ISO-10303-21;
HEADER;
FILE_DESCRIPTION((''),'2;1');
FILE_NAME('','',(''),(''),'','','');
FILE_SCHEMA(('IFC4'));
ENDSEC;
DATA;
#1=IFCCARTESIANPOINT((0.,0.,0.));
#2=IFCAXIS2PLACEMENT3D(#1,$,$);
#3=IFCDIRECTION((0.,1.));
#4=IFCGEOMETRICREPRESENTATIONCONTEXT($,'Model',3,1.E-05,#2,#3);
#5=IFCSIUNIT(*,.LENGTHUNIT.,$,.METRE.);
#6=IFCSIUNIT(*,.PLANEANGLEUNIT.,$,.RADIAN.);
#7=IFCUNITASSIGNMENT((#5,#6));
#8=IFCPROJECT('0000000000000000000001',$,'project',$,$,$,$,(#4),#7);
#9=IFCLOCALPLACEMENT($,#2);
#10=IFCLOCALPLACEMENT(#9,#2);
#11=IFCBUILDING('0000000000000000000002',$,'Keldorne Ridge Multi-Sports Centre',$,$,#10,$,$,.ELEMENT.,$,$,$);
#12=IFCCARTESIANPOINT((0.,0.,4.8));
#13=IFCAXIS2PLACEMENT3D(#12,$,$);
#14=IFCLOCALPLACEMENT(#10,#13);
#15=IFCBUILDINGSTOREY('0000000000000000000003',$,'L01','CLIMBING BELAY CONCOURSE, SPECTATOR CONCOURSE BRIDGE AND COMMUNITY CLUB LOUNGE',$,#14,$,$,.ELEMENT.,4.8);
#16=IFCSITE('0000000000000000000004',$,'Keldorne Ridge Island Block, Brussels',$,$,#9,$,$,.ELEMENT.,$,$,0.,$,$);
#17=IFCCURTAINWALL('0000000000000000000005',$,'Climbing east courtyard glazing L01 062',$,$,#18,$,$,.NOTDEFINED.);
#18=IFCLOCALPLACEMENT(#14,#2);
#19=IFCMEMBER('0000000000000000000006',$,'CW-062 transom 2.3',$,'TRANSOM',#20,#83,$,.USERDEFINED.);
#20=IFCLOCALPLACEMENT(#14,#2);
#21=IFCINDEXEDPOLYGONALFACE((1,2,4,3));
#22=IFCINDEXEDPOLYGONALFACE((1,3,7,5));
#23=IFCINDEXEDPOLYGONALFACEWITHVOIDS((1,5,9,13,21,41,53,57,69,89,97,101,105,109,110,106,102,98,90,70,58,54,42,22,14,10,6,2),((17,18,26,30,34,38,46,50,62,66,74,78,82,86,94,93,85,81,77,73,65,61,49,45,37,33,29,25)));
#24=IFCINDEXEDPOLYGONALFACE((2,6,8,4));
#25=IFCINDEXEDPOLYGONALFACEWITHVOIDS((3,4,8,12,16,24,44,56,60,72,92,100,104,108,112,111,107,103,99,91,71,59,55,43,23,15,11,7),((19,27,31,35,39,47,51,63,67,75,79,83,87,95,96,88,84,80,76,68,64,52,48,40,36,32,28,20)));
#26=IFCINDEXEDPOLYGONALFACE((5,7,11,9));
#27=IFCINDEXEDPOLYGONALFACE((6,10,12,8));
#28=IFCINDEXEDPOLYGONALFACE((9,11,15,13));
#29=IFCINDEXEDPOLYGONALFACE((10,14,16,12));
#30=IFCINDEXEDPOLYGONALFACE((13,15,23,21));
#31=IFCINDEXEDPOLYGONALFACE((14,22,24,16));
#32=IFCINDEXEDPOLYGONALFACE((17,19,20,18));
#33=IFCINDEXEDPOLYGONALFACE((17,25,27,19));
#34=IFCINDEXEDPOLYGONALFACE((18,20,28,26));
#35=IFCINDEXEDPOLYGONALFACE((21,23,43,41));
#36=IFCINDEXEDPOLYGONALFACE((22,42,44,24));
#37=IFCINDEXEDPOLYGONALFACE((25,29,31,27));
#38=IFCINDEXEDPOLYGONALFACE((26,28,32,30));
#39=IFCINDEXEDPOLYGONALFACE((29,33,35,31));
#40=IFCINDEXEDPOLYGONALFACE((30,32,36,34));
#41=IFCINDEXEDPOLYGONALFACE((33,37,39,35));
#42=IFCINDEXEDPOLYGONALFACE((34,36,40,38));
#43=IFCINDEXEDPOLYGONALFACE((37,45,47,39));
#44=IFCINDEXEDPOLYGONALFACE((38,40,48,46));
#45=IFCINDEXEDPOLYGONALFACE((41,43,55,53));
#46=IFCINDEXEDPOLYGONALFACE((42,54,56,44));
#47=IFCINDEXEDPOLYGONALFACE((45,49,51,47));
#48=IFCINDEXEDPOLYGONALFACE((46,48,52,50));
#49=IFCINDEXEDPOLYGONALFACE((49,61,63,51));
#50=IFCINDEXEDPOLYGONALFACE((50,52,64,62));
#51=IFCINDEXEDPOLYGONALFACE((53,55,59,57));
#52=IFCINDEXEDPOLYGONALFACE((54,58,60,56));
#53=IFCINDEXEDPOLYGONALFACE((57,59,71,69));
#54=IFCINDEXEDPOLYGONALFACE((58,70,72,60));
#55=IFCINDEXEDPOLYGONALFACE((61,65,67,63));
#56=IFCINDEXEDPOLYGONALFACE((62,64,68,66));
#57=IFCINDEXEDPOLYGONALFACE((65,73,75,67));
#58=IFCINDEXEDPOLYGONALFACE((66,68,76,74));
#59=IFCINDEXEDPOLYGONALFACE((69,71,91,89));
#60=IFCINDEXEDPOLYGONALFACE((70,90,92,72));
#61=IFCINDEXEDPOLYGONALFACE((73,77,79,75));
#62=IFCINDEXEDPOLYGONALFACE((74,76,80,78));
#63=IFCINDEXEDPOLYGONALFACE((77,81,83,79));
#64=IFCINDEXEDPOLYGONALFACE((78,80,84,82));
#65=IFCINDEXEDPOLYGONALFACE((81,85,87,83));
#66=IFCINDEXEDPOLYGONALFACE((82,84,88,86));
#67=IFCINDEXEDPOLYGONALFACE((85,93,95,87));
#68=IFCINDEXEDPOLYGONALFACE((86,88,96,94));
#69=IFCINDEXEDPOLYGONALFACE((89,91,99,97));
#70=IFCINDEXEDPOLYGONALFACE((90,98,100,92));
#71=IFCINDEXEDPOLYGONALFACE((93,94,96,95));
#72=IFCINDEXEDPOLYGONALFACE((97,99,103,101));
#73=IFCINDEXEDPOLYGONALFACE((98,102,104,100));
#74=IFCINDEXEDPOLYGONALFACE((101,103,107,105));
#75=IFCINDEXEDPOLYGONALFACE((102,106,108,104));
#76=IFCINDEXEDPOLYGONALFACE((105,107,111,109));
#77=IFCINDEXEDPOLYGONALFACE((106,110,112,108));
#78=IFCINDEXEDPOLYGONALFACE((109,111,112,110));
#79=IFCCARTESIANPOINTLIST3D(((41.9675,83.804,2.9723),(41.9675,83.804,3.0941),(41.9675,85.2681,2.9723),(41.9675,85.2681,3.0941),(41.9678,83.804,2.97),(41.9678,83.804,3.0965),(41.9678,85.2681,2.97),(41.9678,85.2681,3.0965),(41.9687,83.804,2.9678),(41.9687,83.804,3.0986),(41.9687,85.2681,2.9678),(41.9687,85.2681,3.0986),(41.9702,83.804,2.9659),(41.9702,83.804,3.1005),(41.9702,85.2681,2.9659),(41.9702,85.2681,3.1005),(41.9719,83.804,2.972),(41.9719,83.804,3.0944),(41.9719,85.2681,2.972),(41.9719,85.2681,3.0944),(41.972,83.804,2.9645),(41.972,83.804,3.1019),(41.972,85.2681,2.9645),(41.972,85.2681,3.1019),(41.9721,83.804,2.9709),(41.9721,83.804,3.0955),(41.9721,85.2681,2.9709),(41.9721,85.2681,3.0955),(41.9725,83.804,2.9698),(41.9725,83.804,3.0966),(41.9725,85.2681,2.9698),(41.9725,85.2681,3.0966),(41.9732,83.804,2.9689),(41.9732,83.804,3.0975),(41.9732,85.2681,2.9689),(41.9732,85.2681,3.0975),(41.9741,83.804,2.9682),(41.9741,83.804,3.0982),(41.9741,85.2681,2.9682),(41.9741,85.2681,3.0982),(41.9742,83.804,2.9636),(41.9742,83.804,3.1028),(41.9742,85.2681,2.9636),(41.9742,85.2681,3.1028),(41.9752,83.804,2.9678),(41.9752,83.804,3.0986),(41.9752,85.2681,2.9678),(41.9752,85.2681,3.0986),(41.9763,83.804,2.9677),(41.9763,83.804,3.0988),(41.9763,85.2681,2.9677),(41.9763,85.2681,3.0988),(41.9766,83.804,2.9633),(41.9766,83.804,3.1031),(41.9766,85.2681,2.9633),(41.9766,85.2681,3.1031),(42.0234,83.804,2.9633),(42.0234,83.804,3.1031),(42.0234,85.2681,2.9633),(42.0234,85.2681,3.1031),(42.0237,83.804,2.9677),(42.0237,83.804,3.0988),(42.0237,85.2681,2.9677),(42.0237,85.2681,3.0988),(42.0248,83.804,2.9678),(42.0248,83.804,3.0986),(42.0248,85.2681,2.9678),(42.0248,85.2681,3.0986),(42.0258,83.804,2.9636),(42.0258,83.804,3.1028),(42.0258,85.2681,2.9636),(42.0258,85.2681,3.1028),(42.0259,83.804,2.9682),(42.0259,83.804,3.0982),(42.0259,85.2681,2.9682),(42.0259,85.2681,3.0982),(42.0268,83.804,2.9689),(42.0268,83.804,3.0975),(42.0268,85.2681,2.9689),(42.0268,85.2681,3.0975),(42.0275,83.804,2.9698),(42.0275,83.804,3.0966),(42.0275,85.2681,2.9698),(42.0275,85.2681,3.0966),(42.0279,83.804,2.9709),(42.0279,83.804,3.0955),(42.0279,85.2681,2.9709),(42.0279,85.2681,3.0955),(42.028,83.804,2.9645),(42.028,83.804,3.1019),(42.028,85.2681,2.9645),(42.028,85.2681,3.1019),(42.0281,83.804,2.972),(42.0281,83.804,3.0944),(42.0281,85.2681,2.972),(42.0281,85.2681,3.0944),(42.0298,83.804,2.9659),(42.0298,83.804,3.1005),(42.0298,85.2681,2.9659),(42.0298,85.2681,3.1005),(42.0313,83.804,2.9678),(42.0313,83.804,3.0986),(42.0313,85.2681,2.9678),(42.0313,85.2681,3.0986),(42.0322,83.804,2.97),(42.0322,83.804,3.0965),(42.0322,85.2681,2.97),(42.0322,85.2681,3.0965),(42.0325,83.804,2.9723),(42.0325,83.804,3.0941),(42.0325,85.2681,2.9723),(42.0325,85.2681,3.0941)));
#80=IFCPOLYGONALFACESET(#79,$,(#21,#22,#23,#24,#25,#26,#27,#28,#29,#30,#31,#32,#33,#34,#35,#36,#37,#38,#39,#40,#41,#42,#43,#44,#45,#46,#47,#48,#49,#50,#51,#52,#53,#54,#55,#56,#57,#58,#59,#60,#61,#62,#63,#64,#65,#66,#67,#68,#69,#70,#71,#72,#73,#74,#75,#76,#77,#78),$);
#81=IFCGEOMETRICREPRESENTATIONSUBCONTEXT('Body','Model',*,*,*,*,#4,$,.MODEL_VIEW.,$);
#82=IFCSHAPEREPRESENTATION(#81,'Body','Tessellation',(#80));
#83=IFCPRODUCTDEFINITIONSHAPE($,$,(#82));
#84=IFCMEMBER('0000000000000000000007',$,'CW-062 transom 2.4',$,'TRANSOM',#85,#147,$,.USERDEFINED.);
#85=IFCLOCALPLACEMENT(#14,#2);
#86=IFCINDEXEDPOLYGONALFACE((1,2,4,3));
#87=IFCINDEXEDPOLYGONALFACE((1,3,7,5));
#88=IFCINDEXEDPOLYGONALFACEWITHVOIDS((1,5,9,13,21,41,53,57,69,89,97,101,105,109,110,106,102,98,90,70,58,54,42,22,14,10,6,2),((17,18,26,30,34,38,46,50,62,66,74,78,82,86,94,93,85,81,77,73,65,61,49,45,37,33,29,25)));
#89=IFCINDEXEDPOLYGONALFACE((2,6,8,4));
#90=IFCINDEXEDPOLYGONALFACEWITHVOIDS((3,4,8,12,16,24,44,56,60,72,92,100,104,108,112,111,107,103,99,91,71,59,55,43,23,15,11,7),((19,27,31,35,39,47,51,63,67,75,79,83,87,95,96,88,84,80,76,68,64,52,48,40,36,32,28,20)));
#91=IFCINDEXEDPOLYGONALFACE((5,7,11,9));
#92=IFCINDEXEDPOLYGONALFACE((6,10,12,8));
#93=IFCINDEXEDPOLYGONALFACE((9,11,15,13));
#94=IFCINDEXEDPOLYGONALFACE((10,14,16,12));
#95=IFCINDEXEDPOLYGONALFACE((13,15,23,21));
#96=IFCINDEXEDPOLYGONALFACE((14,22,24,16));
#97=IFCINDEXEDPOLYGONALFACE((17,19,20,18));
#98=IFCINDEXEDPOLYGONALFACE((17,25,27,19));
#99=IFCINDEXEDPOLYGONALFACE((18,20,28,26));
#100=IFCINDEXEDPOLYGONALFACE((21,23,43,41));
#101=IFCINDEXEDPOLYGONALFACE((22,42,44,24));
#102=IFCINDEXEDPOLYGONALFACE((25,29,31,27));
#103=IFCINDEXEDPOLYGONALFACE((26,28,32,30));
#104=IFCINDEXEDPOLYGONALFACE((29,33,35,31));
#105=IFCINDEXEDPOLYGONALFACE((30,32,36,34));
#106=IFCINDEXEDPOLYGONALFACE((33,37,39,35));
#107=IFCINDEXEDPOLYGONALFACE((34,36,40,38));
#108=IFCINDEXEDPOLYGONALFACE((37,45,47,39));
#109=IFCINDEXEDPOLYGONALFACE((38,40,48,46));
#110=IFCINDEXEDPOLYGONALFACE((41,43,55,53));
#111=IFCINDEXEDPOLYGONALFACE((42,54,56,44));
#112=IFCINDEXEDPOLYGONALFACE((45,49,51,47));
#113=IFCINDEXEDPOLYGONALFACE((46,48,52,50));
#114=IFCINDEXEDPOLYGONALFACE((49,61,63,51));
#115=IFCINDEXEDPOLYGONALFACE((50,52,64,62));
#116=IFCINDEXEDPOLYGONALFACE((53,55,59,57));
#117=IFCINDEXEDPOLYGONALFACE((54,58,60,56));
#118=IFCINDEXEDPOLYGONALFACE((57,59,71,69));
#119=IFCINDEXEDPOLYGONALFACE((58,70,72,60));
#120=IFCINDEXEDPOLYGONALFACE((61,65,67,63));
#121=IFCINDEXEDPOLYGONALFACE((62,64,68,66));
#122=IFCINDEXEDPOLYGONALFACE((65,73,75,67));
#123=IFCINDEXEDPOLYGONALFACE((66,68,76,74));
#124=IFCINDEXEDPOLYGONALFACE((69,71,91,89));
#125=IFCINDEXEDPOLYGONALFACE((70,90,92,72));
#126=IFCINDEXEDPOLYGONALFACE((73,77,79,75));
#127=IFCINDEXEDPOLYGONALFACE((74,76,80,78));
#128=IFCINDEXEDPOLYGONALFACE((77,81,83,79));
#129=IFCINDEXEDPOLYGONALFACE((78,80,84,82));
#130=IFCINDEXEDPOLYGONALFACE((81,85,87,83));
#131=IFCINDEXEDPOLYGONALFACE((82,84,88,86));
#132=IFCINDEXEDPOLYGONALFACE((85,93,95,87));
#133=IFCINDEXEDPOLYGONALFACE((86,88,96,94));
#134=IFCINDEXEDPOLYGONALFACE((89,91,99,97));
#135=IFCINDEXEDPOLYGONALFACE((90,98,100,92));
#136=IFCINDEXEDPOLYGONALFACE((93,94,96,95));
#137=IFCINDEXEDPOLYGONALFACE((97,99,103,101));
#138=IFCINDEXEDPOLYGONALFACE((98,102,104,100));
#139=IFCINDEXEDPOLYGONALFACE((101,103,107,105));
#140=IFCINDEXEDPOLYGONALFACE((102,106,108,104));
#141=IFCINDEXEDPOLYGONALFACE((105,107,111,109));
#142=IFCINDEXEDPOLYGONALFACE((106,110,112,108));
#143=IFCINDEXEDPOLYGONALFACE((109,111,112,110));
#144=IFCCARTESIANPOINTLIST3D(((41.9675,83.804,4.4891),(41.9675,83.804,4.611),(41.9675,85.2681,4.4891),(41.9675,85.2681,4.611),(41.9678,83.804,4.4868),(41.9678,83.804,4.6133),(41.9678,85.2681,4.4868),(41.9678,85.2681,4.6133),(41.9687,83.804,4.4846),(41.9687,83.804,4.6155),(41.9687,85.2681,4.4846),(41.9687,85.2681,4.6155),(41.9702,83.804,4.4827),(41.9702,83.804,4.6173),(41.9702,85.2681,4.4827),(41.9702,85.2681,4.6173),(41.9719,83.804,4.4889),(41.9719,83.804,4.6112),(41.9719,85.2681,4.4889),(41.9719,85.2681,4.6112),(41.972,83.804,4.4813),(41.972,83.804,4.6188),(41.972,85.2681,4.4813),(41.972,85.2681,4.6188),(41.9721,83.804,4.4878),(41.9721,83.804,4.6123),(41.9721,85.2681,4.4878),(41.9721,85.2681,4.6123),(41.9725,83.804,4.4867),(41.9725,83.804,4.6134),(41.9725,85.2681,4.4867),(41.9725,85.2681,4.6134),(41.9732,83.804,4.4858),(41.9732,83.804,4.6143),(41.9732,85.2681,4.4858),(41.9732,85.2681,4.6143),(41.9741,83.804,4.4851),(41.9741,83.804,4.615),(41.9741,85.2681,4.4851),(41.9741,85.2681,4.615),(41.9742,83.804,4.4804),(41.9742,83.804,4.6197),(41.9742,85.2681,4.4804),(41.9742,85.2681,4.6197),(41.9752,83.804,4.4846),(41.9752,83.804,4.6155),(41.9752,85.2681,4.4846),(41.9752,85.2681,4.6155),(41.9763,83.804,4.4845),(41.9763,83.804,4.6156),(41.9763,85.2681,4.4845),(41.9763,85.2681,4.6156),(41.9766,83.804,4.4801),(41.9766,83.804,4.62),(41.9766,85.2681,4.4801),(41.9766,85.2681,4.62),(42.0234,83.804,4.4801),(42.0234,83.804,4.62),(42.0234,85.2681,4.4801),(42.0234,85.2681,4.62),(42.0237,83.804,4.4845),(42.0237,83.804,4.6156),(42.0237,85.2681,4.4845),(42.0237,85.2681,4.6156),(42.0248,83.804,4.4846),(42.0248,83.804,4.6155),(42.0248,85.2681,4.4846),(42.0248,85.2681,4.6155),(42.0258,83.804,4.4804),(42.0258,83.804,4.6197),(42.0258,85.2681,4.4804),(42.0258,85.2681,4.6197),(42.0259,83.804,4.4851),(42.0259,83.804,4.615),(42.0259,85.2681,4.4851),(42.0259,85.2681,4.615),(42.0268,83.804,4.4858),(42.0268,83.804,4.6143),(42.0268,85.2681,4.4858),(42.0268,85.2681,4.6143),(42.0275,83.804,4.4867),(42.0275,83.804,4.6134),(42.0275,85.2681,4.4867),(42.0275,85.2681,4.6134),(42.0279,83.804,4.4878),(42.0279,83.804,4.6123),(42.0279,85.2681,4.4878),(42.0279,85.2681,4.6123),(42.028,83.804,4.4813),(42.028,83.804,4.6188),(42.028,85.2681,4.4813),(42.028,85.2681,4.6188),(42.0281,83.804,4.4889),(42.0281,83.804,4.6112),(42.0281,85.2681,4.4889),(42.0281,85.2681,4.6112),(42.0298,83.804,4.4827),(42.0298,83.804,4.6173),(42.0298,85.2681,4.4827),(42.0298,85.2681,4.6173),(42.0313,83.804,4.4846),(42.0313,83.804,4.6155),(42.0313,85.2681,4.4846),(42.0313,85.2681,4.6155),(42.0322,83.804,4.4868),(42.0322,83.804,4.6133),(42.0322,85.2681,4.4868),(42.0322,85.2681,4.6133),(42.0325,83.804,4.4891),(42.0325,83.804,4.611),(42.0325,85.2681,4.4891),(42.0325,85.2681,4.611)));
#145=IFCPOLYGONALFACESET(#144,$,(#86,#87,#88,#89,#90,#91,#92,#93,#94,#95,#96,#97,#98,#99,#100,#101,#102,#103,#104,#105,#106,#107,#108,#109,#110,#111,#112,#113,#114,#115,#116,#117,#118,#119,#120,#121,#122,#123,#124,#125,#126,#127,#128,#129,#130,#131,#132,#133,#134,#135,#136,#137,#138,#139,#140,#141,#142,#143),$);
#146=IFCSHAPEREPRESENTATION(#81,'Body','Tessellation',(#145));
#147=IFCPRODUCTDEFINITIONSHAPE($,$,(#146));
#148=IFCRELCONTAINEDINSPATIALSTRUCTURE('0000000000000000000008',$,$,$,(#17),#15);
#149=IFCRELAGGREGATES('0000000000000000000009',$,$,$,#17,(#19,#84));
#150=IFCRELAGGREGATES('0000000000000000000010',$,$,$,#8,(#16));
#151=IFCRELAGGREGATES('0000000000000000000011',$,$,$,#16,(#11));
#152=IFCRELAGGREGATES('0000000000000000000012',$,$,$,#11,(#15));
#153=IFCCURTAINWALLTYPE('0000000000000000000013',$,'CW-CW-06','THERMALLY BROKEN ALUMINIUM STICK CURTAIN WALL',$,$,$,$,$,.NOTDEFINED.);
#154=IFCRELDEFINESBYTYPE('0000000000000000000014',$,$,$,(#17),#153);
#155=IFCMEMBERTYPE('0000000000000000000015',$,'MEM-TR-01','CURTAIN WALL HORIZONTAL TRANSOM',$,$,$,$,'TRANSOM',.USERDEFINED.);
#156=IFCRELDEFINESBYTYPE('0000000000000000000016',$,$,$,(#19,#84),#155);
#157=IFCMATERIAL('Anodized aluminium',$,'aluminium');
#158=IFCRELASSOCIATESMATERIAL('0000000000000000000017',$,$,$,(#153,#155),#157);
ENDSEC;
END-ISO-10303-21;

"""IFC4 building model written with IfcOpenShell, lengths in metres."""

from ifc_helpers import new_model, si_unit, direction, frame, origin, origin_2d, place, context, subcontext, project, spatial, hollow_rectangle, extrude, material, material_profile, profile_set, type_object, element, aggregate, save


model = new_model("IFC4")

# Units and contexts
model_context = context("Model", 3, precision=1e-05, world=origin(), true_north=direction((0.0, 1.0)))
body_context = subcontext(model_context, "Body", "Model", "MODEL_VIEW")
ifc_project = project(units=[si_unit("LENGTHUNIT", "METRE"), si_unit("PLANEANGLEUNIT", "RADIAN")], contexts=[model_context])

# Site, building, storey
site_placement = place(None, origin())
site = spatial("IfcSite", under=ifc_project, at=site_placement, Name="Keldorne Ridge Island Block, Brussels", CompositionType="ELEMENT", RefElevation=0.0)
building_placement = place(site_placement, origin())
building = spatial("IfcBuilding", under=site, at=building_placement, Name="Keldorne Ridge Multi-Sports Centre", CompositionType="ELEMENT")
storey_placement = place(building_placement, frame((0.0, 0.0, 4.8)))
storey = spatial("IfcBuildingStorey", under=building, at=storey_placement, Name="L01", Description="CLIMBING BELAY CONCOURSE, SPECTATOR CONCOURSE BRIDGE AND COMMUNITY CLUB LOUNGE", CompositionType="ELEMENT", Elevation=4.8)

# Curtain wall
ifc_material_1 = material(Name="Anodized aluminium", Category="aluminium")
curtain_wall_type_1 = type_object("IfcCurtainWallType", Name="CW-CW-06", Description="THERMALLY BROKEN ALUMINIUM STICK CURTAIN WALL", PredefinedType="NOTDEFINED", material=ifc_material_1)
curtain_wall_1_placement = place(storey_placement, origin())
curtain_wall_1 = element("IfcCurtainWall", 1, at=curtain_wall_1_placement, inside=storey, type_object=curtain_wall_type_1, Name="Climbing east courtyard glazing L01 062", PredefinedType="NOTDEFINED")

# Members
ifc_material_profile_1 = material_profile(ifc_material_1, hollow_rectangle(XDim=0.0649, YDim=0.1399, WallThickness=0.0044, InnerFilletRadius=0.0044, OuterFilletRadius=0.009, at=origin_2d()), Name="ALU TRANSOM 140x65x4.5")
ifc_profile_set_1 = profile_set([ifc_material_profile_1], Name="Anodized aluminium")
member_type_1 = type_object("IfcMemberType", Name="MEM-TR-01", Description="CURTAIN WALL HORIZONTAL TRANSOM", ElementType="TRANSOM", PredefinedType="USERDEFINED", material=ifc_profile_set_1)
member_1_placement = place(storey_placement, frame((42.0, 83.804, 3.0332), z_axis=(0.0, 1.0, 0.0), x_axis=(-1.0, 0.0, 0.0)))
member_1 = element("IfcMember", 2, at=member_1_placement, type_object=member_type_1, Name="CW-062 transom 2.3", ObjectType="TRANSOM", PredefinedType="USERDEFINED", context=body_context, shape_type="SweptSolid", body=[
    extrude(hollow_rectangle(XDim=0.0649, YDim=0.1399, WallThickness=0.0044, InnerFilletRadius=0.0044, OuterFilletRadius=0.009, at=origin_2d()), origin(), (0.0, 0.0, 1.0), 1.4641),
])
member_2_placement = place(storey_placement, frame((42.0, 83.804, 4.55), z_axis=(0.0, 1.0, 0.0), x_axis=(-1.0, 0.0, 0.0)))
member_2 = element("IfcMember", 3, at=member_2_placement, type_object=member_type_1, Name="CW-062 transom 2.4", ObjectType="TRANSOM", PredefinedType="USERDEFINED", context=body_context, shape_type="SweptSolid", body=[
    extrude(hollow_rectangle(XDim=0.0649, YDim=0.1399, WallThickness=0.0044, InnerFilletRadius=0.0044, OuterFilletRadius=0.009, at=origin_2d()), origin(), (0.0, 0.0, 1.0), 1.4641),
])

aggregate(curtain_wall_1, [member_1, member_2])

save(model, "model.ifc")
